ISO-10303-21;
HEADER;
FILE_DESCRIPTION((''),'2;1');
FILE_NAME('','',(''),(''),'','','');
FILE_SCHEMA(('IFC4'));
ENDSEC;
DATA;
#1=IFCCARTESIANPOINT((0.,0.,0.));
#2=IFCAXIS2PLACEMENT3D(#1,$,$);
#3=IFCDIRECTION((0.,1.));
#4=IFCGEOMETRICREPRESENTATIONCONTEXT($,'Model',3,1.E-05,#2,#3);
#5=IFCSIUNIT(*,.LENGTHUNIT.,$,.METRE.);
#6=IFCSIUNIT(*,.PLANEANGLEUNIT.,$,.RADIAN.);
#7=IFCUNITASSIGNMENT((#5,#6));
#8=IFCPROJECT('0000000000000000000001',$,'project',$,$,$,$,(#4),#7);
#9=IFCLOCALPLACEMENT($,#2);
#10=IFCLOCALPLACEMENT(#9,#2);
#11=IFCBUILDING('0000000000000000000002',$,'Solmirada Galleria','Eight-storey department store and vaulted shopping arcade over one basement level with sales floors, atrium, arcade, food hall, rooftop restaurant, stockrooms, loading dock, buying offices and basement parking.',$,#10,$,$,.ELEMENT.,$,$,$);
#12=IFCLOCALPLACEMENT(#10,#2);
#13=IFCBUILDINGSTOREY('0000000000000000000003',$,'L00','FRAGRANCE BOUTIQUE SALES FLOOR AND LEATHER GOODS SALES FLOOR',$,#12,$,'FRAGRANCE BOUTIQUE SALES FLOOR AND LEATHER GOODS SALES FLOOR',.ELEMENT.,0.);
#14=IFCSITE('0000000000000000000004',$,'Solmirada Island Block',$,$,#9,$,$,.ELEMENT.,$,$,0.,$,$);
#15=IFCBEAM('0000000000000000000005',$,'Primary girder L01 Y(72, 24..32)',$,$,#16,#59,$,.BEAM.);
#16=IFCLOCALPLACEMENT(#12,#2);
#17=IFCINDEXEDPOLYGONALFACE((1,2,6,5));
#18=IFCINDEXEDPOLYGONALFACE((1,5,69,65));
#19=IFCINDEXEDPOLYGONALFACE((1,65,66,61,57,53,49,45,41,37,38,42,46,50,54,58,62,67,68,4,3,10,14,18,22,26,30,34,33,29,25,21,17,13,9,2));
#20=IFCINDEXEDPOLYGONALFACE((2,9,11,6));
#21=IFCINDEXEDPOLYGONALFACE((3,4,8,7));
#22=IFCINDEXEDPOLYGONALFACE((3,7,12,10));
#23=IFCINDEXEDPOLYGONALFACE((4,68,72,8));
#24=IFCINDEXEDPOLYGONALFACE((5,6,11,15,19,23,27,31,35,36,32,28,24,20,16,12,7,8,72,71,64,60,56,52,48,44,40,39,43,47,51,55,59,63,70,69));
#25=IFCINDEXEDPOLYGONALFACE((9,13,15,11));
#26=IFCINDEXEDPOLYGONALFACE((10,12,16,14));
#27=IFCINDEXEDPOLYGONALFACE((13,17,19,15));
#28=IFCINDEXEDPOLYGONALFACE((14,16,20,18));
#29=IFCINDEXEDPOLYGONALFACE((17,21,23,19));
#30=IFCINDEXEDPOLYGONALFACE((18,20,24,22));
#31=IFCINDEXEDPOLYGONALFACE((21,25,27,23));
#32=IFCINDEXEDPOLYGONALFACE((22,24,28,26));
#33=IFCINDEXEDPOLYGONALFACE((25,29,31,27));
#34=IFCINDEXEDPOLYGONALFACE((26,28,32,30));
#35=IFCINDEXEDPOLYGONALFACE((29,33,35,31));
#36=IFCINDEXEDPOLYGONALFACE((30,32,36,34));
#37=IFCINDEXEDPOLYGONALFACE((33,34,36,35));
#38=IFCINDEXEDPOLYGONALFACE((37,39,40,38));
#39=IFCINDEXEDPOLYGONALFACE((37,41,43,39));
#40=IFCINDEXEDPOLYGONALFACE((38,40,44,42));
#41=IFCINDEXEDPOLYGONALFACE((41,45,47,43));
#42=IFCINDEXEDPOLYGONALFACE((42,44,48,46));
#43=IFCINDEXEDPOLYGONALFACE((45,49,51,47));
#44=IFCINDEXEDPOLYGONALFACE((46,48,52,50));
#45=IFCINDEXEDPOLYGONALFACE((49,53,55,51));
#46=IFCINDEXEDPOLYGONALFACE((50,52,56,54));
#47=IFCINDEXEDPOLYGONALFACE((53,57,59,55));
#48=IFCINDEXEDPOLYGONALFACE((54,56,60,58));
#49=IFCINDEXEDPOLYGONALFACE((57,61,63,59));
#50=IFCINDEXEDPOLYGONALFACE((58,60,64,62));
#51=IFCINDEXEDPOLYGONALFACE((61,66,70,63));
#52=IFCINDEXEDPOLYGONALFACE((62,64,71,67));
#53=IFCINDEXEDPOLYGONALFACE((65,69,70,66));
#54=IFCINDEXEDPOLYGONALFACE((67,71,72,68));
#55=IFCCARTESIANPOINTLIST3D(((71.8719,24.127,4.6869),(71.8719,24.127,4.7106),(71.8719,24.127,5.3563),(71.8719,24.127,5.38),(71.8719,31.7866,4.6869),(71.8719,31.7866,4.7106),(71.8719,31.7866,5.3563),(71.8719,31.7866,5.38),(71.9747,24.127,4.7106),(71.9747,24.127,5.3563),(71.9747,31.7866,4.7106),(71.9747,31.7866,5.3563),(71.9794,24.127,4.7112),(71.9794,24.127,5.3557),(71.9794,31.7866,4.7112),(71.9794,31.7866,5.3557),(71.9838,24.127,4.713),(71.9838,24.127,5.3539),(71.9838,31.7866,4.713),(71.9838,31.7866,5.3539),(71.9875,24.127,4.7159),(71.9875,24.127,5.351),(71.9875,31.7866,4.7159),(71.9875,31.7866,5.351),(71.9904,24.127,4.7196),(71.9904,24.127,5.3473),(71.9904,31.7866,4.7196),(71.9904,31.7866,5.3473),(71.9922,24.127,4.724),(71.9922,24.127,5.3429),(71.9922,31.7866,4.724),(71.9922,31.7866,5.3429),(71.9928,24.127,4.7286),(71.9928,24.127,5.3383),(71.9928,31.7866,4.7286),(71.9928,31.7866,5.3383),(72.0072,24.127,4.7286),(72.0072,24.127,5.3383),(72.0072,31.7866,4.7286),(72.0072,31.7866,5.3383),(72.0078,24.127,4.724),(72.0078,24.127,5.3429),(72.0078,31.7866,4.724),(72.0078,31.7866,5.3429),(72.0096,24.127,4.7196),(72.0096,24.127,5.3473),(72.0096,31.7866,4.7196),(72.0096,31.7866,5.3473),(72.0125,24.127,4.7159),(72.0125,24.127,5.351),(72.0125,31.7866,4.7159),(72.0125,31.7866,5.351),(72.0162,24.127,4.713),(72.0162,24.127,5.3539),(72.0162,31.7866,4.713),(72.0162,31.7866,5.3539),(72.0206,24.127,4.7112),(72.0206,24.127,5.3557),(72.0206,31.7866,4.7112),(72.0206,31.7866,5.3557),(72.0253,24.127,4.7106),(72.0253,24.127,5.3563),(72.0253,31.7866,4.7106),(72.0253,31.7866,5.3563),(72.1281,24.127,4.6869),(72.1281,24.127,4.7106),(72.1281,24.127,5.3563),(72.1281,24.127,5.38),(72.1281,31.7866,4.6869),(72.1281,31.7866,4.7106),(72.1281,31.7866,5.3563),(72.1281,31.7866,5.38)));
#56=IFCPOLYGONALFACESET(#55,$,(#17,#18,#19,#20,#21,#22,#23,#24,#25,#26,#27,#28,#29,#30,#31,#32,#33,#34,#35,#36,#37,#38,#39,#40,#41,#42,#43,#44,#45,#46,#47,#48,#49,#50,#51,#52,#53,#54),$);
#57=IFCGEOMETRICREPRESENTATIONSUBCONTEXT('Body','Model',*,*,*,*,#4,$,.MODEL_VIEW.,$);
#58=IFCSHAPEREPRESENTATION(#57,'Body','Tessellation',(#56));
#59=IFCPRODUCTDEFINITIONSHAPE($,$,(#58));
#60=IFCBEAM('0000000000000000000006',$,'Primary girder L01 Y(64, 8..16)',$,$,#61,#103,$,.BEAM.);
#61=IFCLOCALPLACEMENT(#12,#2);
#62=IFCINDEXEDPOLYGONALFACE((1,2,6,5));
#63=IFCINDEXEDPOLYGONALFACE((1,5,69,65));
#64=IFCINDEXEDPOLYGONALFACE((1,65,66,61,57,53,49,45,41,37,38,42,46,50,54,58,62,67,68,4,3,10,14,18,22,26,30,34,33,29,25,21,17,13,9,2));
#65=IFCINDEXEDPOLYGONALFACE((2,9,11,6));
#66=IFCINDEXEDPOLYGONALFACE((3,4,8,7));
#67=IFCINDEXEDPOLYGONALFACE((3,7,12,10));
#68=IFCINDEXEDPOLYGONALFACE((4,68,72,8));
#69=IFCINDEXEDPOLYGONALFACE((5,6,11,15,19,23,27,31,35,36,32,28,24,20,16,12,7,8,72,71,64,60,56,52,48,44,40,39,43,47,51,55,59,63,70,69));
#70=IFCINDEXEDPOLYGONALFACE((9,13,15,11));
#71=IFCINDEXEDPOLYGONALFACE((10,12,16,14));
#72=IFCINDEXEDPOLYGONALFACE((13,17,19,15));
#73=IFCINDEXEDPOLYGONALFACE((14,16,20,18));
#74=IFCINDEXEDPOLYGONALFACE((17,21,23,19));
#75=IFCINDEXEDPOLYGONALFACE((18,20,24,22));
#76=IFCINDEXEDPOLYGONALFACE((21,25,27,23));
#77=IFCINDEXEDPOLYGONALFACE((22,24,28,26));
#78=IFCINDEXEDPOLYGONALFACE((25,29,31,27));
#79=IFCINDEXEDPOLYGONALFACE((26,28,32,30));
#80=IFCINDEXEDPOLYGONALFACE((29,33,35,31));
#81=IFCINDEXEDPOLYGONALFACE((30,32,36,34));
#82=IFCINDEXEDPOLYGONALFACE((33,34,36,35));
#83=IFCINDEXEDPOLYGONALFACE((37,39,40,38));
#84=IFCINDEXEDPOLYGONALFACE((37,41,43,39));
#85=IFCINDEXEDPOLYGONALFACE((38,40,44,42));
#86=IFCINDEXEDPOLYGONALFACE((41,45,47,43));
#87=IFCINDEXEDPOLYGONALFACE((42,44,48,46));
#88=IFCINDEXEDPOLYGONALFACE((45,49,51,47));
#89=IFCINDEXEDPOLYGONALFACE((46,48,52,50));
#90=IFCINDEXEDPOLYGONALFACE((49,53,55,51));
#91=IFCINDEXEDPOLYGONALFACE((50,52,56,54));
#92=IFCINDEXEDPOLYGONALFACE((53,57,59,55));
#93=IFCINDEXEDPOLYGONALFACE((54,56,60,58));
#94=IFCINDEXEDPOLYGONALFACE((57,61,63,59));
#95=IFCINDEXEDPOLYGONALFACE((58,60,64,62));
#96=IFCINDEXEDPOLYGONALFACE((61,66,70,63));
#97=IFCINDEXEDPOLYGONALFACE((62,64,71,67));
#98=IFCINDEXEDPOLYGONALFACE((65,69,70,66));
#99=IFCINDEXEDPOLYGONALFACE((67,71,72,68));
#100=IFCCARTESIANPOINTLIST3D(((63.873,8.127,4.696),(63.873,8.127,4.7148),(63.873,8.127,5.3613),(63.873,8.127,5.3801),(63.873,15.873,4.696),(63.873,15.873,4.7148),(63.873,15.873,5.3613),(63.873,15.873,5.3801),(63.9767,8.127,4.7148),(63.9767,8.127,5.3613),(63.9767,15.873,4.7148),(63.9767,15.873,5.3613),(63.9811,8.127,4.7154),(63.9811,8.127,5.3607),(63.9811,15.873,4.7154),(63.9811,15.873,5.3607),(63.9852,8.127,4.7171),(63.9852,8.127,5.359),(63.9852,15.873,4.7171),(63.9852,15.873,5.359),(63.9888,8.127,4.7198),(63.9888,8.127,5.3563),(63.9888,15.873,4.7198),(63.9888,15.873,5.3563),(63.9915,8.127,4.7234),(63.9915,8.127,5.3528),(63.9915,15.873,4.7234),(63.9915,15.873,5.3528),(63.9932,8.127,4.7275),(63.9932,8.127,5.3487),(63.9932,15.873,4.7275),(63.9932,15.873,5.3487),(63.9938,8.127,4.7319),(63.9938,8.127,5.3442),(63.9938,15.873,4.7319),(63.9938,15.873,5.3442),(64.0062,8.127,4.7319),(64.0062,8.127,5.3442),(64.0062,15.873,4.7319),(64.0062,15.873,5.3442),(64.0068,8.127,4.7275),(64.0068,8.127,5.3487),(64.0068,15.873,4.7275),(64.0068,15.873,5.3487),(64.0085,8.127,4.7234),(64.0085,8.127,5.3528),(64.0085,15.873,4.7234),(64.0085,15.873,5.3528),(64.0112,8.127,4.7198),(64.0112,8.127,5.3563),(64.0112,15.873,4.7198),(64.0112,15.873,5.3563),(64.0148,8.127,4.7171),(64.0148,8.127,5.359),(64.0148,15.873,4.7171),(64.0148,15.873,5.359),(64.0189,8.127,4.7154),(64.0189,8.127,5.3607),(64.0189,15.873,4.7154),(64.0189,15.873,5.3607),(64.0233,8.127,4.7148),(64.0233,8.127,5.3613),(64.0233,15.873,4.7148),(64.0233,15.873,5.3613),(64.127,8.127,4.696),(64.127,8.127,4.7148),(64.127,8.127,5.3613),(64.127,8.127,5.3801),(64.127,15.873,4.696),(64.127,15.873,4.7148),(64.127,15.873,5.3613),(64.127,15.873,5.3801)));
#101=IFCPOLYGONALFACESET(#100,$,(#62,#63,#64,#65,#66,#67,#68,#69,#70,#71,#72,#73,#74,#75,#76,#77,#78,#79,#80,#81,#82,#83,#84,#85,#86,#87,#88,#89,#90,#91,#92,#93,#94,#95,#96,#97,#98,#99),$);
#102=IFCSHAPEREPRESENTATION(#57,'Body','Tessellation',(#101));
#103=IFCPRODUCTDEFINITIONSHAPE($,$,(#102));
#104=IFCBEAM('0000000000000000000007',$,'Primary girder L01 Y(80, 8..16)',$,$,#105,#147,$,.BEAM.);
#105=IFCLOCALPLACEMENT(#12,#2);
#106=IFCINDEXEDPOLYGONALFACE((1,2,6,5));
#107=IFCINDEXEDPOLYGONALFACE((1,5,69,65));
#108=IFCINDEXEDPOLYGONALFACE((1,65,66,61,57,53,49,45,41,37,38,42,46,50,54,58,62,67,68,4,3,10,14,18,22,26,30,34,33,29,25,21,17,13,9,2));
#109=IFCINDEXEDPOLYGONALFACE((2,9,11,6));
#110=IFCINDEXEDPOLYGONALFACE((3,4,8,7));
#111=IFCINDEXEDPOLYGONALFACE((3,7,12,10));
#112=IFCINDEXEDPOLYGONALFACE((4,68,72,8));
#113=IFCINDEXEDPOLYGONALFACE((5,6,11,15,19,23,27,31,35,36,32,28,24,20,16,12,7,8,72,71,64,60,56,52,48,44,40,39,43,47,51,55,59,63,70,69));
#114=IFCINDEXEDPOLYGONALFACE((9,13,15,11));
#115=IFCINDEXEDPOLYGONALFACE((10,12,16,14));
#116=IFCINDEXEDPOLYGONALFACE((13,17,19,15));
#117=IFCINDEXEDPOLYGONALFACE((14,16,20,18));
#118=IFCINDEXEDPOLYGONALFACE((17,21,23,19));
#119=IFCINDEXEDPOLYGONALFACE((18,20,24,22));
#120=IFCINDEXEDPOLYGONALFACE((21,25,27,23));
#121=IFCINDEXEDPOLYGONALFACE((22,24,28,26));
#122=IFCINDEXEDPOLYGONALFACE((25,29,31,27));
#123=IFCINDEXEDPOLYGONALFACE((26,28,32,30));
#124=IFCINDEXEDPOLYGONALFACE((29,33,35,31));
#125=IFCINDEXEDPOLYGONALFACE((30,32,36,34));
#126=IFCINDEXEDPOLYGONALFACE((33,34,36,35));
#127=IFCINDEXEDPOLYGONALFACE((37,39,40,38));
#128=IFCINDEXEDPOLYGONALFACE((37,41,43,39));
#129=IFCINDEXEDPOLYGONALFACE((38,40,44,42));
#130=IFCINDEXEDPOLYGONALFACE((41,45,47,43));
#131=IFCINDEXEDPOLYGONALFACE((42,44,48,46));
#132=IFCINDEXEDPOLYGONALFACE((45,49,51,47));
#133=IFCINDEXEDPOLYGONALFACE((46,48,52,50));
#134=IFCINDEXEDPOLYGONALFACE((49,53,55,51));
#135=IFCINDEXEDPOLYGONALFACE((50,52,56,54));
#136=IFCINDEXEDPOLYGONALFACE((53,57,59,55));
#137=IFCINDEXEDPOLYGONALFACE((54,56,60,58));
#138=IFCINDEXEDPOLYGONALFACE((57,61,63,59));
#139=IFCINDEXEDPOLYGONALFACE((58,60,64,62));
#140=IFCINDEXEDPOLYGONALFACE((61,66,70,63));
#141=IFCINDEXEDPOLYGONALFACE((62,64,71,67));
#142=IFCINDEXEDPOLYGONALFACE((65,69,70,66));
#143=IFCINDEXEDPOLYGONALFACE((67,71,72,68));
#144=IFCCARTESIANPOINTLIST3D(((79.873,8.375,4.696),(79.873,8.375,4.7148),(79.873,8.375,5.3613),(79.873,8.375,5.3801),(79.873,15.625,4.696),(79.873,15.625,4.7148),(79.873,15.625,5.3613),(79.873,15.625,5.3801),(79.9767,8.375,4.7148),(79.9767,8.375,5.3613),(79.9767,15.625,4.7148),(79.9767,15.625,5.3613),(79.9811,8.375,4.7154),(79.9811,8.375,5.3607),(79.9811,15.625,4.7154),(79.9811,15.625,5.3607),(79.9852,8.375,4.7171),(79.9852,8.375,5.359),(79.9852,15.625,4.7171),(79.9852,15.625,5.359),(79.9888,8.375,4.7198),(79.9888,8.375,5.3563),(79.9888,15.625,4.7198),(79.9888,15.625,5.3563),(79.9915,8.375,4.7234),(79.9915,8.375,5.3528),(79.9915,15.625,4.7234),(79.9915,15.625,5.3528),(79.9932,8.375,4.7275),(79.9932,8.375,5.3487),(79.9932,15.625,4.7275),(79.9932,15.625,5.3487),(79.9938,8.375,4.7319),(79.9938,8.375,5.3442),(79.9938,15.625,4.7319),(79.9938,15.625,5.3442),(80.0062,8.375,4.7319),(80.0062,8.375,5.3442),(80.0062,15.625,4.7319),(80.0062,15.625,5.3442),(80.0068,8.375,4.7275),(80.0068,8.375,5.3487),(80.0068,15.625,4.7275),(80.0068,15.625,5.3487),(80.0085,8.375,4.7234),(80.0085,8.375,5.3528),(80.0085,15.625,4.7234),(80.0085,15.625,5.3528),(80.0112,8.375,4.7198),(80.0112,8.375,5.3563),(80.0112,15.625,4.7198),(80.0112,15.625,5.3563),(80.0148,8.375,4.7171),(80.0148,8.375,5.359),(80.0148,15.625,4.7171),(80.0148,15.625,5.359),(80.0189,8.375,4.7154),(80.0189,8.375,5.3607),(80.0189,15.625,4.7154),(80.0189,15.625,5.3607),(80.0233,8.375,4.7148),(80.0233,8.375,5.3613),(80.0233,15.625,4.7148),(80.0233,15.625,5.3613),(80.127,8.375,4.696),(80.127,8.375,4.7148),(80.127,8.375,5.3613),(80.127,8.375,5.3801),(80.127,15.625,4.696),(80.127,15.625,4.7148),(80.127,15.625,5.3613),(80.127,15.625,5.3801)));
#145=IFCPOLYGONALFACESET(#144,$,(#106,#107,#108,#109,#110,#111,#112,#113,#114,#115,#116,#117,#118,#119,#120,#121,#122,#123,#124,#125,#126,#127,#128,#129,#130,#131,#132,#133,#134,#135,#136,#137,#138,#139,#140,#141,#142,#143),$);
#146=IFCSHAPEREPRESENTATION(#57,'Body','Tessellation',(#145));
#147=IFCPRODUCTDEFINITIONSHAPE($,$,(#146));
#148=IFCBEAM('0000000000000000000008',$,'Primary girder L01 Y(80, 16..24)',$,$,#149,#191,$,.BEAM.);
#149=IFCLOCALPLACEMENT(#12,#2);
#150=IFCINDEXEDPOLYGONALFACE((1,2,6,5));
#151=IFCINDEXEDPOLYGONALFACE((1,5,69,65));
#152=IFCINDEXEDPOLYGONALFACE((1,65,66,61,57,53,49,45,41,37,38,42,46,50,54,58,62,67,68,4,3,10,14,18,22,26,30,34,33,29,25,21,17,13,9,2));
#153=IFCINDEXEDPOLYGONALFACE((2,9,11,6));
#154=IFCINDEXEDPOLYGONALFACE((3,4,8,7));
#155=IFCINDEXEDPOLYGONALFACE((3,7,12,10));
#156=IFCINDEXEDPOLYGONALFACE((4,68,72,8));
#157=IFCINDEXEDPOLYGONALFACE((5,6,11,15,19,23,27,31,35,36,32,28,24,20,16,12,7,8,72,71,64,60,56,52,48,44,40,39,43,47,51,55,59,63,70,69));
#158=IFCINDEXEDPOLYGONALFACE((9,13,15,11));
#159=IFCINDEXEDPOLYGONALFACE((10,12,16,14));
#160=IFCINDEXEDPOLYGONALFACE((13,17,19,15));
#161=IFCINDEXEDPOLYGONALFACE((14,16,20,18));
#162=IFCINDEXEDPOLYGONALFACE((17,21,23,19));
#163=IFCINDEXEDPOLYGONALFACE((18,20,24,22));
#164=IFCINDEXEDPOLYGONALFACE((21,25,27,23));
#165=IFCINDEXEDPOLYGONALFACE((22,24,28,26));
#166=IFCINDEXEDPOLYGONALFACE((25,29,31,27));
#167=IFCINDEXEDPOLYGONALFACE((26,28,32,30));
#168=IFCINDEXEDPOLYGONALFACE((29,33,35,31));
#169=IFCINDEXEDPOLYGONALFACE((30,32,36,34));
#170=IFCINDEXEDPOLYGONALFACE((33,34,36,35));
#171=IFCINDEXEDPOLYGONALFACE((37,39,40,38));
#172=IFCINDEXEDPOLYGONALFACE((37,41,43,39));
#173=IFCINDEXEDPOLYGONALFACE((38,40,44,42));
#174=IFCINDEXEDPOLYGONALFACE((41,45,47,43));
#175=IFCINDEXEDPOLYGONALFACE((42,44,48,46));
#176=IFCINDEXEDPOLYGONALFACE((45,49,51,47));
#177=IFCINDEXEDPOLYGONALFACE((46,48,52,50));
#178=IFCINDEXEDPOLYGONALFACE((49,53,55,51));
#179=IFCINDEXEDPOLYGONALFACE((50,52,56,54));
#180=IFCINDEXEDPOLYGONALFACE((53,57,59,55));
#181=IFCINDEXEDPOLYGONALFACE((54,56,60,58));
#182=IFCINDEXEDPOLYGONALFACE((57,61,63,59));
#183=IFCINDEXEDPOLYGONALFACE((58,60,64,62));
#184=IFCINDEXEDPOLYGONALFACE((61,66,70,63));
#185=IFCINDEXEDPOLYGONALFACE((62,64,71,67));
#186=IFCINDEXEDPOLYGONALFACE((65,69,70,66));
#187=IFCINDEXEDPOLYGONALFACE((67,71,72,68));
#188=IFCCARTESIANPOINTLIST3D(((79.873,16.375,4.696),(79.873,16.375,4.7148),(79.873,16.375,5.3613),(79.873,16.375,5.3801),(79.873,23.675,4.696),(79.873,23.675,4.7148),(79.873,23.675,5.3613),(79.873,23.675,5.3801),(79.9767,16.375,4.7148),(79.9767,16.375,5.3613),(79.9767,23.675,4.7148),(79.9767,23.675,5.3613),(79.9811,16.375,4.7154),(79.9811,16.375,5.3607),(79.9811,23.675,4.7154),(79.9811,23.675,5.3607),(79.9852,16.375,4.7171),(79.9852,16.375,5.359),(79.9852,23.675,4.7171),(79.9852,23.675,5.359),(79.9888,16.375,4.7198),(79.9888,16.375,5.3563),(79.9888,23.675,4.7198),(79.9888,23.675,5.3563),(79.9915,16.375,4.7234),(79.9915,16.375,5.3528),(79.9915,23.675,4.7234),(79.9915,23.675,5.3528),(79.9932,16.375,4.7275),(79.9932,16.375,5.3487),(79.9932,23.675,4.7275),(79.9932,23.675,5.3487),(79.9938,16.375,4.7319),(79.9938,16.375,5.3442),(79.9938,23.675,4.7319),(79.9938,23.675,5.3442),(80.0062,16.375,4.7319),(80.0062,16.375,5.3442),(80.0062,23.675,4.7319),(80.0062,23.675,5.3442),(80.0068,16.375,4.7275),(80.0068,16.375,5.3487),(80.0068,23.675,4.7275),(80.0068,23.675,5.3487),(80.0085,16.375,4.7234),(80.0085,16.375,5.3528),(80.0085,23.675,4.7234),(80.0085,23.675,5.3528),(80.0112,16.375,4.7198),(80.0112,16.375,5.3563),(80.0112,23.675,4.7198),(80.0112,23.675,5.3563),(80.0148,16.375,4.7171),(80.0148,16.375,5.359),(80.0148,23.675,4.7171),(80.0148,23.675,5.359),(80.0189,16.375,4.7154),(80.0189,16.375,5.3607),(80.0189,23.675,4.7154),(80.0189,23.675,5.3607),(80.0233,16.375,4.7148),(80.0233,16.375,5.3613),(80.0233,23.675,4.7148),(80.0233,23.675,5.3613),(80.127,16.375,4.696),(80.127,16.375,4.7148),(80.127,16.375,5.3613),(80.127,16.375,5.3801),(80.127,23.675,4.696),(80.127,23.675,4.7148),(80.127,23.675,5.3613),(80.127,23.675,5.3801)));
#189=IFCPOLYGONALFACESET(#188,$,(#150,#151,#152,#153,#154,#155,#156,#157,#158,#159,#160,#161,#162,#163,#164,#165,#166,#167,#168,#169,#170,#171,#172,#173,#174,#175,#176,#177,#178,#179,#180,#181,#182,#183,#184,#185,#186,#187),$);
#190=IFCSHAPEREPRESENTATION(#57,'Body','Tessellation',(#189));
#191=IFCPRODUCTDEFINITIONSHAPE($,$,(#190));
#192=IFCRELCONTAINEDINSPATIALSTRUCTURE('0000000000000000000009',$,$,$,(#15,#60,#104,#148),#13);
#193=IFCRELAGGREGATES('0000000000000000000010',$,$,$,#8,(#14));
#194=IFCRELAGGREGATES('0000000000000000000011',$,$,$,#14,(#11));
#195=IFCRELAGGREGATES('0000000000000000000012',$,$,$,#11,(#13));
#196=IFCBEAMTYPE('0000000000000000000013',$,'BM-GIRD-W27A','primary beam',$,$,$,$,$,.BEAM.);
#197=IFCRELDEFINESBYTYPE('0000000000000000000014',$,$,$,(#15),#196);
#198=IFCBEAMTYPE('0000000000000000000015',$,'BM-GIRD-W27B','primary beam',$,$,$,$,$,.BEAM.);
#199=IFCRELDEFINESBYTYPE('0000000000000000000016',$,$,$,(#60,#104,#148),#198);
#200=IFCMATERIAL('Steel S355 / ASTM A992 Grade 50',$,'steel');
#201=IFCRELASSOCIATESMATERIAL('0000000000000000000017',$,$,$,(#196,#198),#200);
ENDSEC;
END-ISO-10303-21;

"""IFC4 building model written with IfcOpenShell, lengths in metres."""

from ifc_helpers import new_model, si_unit, direction, frame, origin, origin_2d, place, context, subcontext, project, spatial, i_section, extrude, material, material_profile, profile_set, type_object, element, save


model = new_model("IFC4")

# Units and contexts
model_context = context("Model", 3, precision=1e-05, world=origin(), true_north=direction((0.0, 1.0)))
body_context = subcontext(model_context, "Body", "Model", "MODEL_VIEW")
ifc_project = project(units=[si_unit("LENGTHUNIT", "METRE"), si_unit("PLANEANGLEUNIT", "RADIAN")], contexts=[model_context])

# Site, building, storey
site_placement = place(None, origin())
site = spatial("IfcSite", under=ifc_project, at=site_placement, Name="Solmirada Island Block", CompositionType="ELEMENT", RefElevation=0.0)
building_placement = place(site_placement, origin())
building = spatial("IfcBuilding", under=site, at=building_placement, Name="Solmirada Galleria", Description="Eight-storey department store and vaulted shopping arcade over one basement level with sales floors, atrium, arcade, food hall, rooftop restaurant, stockrooms, loading dock, buying offices and basement parking.", CompositionType="ELEMENT")
storey_placement = place(building_placement, origin())
storey = spatial("IfcBuildingStorey", under=building, at=storey_placement, Name="L00", Description="FRAGRANCE BOUTIQUE SALES FLOOR AND LEATHER GOODS SALES FLOOR", LongName="FRAGRANCE BOUTIQUE SALES FLOOR AND LEATHER GOODS SALES FLOOR", CompositionType="ELEMENT", Elevation=0.0)

# Beams
ifc_material_1 = material(Name="Steel S355 / ASTM A992 Grade 50", Category="steel")
ifc_material_profile_1 = material_profile(ifc_material_1, i_section(OverallWidth=0.2561, OverallDepth=0.6931, WebThickness=0.0144, FlangeThickness=0.0237, FilletRadius=0.0181, at=origin_2d()), Name="W27X114")
ifc_profile_set_1 = profile_set([ifc_material_profile_1], Name="Steel S355 / ASTM A992 Grade 50")
beam_type_1 = type_object("IfcBeamType", Name="BM-GIRD-W27A", Description="primary beam", PredefinedType="BEAM", material=ifc_profile_set_1)
beam_1_placement = place(storey_placement, frame((72.0, 24.127, 5.0334), z_axis=(0.0, 1.0, 0.0), x_axis=(-1.0, 0.0, 0.0)))
element("IfcBeam", 1, at=beam_1_placement, inside=storey, type_object=beam_type_1, Name="Primary girder L01 Y(72, 24..32)", PredefinedType="BEAM", context=body_context, shape_type="SweptSolid", body=[
    extrude(i_section(OverallWidth=0.2561, OverallDepth=0.6931, WebThickness=0.0144, FlangeThickness=0.0237, FilletRadius=0.0181, at=origin_2d()), origin(), (0.0, 0.0, 1.0), 7.6597),
])
ifc_material_profile_2 = material_profile(ifc_material_1, i_section(OverallWidth=0.2539, OverallDepth=0.6841, WebThickness=0.0125, FlangeThickness=0.0188, FilletRadius=0.0171, at=origin_2d()), Name="W27X94")
ifc_profile_set_2 = profile_set([ifc_material_profile_2], Name="Steel S355 / ASTM A992 Grade 50")
beam_type_2 = type_object("IfcBeamType", Name="BM-GIRD-W27B", Description="primary beam", PredefinedType="BEAM", material=ifc_profile_set_2)
beam_2_placement = place(storey_placement, frame((64.0, 8.127, 5.0381), z_axis=(0.0, 1.0, 0.0), x_axis=(-1.0, 0.0, 0.0)))
element("IfcBeam", 2, at=beam_2_placement, inside=storey, type_object=beam_type_2, Name="Primary girder L01 Y(64, 8..16)", PredefinedType="BEAM", context=body_context, shape_type="SweptSolid", body=[
    extrude(i_section(OverallWidth=0.2539, OverallDepth=0.6841, WebThickness=0.0125, FlangeThickness=0.0188, FilletRadius=0.0171, at=origin_2d()), origin(), (0.0, 0.0, 1.0), 7.7461),
])
beam_3_placement = place(storey_placement, frame((80.0, 8.375, 5.0381), z_axis=(0.0, 1.0, 0.0), x_axis=(-1.0, 0.0, 0.0)))
element("IfcBeam", 3, at=beam_3_placement, inside=storey, type_object=beam_type_2, Name="Primary girder L01 Y(80, 8..16)", PredefinedType="BEAM", context=body_context, shape_type="SweptSolid", body=[
    extrude(i_section(OverallWidth=0.2539, OverallDepth=0.6841, WebThickness=0.0125, FlangeThickness=0.0188, FilletRadius=0.0171, at=origin_2d()), origin(), (0.0, 0.0, 1.0), 7.25),
])
beam_4_placement = place(storey_placement, frame((80.0, 16.375, 5.0381), z_axis=(0.0, 1.0, 0.0), x_axis=(-1.0, 0.0, 0.0)))
element("IfcBeam", 4, at=beam_4_placement, inside=storey, type_object=beam_type_2, Name="Primary girder L01 Y(80, 16..24)", PredefinedType="BEAM", context=body_context, shape_type="SweptSolid", body=[
    extrude(i_section(OverallWidth=0.2539, OverallDepth=0.6841, WebThickness=0.0125, FlangeThickness=0.0188, FilletRadius=0.0171, at=origin_2d()), origin(), (0.0, 0.0, 1.0), 7.3),
])

save(model, "model.ifc")
